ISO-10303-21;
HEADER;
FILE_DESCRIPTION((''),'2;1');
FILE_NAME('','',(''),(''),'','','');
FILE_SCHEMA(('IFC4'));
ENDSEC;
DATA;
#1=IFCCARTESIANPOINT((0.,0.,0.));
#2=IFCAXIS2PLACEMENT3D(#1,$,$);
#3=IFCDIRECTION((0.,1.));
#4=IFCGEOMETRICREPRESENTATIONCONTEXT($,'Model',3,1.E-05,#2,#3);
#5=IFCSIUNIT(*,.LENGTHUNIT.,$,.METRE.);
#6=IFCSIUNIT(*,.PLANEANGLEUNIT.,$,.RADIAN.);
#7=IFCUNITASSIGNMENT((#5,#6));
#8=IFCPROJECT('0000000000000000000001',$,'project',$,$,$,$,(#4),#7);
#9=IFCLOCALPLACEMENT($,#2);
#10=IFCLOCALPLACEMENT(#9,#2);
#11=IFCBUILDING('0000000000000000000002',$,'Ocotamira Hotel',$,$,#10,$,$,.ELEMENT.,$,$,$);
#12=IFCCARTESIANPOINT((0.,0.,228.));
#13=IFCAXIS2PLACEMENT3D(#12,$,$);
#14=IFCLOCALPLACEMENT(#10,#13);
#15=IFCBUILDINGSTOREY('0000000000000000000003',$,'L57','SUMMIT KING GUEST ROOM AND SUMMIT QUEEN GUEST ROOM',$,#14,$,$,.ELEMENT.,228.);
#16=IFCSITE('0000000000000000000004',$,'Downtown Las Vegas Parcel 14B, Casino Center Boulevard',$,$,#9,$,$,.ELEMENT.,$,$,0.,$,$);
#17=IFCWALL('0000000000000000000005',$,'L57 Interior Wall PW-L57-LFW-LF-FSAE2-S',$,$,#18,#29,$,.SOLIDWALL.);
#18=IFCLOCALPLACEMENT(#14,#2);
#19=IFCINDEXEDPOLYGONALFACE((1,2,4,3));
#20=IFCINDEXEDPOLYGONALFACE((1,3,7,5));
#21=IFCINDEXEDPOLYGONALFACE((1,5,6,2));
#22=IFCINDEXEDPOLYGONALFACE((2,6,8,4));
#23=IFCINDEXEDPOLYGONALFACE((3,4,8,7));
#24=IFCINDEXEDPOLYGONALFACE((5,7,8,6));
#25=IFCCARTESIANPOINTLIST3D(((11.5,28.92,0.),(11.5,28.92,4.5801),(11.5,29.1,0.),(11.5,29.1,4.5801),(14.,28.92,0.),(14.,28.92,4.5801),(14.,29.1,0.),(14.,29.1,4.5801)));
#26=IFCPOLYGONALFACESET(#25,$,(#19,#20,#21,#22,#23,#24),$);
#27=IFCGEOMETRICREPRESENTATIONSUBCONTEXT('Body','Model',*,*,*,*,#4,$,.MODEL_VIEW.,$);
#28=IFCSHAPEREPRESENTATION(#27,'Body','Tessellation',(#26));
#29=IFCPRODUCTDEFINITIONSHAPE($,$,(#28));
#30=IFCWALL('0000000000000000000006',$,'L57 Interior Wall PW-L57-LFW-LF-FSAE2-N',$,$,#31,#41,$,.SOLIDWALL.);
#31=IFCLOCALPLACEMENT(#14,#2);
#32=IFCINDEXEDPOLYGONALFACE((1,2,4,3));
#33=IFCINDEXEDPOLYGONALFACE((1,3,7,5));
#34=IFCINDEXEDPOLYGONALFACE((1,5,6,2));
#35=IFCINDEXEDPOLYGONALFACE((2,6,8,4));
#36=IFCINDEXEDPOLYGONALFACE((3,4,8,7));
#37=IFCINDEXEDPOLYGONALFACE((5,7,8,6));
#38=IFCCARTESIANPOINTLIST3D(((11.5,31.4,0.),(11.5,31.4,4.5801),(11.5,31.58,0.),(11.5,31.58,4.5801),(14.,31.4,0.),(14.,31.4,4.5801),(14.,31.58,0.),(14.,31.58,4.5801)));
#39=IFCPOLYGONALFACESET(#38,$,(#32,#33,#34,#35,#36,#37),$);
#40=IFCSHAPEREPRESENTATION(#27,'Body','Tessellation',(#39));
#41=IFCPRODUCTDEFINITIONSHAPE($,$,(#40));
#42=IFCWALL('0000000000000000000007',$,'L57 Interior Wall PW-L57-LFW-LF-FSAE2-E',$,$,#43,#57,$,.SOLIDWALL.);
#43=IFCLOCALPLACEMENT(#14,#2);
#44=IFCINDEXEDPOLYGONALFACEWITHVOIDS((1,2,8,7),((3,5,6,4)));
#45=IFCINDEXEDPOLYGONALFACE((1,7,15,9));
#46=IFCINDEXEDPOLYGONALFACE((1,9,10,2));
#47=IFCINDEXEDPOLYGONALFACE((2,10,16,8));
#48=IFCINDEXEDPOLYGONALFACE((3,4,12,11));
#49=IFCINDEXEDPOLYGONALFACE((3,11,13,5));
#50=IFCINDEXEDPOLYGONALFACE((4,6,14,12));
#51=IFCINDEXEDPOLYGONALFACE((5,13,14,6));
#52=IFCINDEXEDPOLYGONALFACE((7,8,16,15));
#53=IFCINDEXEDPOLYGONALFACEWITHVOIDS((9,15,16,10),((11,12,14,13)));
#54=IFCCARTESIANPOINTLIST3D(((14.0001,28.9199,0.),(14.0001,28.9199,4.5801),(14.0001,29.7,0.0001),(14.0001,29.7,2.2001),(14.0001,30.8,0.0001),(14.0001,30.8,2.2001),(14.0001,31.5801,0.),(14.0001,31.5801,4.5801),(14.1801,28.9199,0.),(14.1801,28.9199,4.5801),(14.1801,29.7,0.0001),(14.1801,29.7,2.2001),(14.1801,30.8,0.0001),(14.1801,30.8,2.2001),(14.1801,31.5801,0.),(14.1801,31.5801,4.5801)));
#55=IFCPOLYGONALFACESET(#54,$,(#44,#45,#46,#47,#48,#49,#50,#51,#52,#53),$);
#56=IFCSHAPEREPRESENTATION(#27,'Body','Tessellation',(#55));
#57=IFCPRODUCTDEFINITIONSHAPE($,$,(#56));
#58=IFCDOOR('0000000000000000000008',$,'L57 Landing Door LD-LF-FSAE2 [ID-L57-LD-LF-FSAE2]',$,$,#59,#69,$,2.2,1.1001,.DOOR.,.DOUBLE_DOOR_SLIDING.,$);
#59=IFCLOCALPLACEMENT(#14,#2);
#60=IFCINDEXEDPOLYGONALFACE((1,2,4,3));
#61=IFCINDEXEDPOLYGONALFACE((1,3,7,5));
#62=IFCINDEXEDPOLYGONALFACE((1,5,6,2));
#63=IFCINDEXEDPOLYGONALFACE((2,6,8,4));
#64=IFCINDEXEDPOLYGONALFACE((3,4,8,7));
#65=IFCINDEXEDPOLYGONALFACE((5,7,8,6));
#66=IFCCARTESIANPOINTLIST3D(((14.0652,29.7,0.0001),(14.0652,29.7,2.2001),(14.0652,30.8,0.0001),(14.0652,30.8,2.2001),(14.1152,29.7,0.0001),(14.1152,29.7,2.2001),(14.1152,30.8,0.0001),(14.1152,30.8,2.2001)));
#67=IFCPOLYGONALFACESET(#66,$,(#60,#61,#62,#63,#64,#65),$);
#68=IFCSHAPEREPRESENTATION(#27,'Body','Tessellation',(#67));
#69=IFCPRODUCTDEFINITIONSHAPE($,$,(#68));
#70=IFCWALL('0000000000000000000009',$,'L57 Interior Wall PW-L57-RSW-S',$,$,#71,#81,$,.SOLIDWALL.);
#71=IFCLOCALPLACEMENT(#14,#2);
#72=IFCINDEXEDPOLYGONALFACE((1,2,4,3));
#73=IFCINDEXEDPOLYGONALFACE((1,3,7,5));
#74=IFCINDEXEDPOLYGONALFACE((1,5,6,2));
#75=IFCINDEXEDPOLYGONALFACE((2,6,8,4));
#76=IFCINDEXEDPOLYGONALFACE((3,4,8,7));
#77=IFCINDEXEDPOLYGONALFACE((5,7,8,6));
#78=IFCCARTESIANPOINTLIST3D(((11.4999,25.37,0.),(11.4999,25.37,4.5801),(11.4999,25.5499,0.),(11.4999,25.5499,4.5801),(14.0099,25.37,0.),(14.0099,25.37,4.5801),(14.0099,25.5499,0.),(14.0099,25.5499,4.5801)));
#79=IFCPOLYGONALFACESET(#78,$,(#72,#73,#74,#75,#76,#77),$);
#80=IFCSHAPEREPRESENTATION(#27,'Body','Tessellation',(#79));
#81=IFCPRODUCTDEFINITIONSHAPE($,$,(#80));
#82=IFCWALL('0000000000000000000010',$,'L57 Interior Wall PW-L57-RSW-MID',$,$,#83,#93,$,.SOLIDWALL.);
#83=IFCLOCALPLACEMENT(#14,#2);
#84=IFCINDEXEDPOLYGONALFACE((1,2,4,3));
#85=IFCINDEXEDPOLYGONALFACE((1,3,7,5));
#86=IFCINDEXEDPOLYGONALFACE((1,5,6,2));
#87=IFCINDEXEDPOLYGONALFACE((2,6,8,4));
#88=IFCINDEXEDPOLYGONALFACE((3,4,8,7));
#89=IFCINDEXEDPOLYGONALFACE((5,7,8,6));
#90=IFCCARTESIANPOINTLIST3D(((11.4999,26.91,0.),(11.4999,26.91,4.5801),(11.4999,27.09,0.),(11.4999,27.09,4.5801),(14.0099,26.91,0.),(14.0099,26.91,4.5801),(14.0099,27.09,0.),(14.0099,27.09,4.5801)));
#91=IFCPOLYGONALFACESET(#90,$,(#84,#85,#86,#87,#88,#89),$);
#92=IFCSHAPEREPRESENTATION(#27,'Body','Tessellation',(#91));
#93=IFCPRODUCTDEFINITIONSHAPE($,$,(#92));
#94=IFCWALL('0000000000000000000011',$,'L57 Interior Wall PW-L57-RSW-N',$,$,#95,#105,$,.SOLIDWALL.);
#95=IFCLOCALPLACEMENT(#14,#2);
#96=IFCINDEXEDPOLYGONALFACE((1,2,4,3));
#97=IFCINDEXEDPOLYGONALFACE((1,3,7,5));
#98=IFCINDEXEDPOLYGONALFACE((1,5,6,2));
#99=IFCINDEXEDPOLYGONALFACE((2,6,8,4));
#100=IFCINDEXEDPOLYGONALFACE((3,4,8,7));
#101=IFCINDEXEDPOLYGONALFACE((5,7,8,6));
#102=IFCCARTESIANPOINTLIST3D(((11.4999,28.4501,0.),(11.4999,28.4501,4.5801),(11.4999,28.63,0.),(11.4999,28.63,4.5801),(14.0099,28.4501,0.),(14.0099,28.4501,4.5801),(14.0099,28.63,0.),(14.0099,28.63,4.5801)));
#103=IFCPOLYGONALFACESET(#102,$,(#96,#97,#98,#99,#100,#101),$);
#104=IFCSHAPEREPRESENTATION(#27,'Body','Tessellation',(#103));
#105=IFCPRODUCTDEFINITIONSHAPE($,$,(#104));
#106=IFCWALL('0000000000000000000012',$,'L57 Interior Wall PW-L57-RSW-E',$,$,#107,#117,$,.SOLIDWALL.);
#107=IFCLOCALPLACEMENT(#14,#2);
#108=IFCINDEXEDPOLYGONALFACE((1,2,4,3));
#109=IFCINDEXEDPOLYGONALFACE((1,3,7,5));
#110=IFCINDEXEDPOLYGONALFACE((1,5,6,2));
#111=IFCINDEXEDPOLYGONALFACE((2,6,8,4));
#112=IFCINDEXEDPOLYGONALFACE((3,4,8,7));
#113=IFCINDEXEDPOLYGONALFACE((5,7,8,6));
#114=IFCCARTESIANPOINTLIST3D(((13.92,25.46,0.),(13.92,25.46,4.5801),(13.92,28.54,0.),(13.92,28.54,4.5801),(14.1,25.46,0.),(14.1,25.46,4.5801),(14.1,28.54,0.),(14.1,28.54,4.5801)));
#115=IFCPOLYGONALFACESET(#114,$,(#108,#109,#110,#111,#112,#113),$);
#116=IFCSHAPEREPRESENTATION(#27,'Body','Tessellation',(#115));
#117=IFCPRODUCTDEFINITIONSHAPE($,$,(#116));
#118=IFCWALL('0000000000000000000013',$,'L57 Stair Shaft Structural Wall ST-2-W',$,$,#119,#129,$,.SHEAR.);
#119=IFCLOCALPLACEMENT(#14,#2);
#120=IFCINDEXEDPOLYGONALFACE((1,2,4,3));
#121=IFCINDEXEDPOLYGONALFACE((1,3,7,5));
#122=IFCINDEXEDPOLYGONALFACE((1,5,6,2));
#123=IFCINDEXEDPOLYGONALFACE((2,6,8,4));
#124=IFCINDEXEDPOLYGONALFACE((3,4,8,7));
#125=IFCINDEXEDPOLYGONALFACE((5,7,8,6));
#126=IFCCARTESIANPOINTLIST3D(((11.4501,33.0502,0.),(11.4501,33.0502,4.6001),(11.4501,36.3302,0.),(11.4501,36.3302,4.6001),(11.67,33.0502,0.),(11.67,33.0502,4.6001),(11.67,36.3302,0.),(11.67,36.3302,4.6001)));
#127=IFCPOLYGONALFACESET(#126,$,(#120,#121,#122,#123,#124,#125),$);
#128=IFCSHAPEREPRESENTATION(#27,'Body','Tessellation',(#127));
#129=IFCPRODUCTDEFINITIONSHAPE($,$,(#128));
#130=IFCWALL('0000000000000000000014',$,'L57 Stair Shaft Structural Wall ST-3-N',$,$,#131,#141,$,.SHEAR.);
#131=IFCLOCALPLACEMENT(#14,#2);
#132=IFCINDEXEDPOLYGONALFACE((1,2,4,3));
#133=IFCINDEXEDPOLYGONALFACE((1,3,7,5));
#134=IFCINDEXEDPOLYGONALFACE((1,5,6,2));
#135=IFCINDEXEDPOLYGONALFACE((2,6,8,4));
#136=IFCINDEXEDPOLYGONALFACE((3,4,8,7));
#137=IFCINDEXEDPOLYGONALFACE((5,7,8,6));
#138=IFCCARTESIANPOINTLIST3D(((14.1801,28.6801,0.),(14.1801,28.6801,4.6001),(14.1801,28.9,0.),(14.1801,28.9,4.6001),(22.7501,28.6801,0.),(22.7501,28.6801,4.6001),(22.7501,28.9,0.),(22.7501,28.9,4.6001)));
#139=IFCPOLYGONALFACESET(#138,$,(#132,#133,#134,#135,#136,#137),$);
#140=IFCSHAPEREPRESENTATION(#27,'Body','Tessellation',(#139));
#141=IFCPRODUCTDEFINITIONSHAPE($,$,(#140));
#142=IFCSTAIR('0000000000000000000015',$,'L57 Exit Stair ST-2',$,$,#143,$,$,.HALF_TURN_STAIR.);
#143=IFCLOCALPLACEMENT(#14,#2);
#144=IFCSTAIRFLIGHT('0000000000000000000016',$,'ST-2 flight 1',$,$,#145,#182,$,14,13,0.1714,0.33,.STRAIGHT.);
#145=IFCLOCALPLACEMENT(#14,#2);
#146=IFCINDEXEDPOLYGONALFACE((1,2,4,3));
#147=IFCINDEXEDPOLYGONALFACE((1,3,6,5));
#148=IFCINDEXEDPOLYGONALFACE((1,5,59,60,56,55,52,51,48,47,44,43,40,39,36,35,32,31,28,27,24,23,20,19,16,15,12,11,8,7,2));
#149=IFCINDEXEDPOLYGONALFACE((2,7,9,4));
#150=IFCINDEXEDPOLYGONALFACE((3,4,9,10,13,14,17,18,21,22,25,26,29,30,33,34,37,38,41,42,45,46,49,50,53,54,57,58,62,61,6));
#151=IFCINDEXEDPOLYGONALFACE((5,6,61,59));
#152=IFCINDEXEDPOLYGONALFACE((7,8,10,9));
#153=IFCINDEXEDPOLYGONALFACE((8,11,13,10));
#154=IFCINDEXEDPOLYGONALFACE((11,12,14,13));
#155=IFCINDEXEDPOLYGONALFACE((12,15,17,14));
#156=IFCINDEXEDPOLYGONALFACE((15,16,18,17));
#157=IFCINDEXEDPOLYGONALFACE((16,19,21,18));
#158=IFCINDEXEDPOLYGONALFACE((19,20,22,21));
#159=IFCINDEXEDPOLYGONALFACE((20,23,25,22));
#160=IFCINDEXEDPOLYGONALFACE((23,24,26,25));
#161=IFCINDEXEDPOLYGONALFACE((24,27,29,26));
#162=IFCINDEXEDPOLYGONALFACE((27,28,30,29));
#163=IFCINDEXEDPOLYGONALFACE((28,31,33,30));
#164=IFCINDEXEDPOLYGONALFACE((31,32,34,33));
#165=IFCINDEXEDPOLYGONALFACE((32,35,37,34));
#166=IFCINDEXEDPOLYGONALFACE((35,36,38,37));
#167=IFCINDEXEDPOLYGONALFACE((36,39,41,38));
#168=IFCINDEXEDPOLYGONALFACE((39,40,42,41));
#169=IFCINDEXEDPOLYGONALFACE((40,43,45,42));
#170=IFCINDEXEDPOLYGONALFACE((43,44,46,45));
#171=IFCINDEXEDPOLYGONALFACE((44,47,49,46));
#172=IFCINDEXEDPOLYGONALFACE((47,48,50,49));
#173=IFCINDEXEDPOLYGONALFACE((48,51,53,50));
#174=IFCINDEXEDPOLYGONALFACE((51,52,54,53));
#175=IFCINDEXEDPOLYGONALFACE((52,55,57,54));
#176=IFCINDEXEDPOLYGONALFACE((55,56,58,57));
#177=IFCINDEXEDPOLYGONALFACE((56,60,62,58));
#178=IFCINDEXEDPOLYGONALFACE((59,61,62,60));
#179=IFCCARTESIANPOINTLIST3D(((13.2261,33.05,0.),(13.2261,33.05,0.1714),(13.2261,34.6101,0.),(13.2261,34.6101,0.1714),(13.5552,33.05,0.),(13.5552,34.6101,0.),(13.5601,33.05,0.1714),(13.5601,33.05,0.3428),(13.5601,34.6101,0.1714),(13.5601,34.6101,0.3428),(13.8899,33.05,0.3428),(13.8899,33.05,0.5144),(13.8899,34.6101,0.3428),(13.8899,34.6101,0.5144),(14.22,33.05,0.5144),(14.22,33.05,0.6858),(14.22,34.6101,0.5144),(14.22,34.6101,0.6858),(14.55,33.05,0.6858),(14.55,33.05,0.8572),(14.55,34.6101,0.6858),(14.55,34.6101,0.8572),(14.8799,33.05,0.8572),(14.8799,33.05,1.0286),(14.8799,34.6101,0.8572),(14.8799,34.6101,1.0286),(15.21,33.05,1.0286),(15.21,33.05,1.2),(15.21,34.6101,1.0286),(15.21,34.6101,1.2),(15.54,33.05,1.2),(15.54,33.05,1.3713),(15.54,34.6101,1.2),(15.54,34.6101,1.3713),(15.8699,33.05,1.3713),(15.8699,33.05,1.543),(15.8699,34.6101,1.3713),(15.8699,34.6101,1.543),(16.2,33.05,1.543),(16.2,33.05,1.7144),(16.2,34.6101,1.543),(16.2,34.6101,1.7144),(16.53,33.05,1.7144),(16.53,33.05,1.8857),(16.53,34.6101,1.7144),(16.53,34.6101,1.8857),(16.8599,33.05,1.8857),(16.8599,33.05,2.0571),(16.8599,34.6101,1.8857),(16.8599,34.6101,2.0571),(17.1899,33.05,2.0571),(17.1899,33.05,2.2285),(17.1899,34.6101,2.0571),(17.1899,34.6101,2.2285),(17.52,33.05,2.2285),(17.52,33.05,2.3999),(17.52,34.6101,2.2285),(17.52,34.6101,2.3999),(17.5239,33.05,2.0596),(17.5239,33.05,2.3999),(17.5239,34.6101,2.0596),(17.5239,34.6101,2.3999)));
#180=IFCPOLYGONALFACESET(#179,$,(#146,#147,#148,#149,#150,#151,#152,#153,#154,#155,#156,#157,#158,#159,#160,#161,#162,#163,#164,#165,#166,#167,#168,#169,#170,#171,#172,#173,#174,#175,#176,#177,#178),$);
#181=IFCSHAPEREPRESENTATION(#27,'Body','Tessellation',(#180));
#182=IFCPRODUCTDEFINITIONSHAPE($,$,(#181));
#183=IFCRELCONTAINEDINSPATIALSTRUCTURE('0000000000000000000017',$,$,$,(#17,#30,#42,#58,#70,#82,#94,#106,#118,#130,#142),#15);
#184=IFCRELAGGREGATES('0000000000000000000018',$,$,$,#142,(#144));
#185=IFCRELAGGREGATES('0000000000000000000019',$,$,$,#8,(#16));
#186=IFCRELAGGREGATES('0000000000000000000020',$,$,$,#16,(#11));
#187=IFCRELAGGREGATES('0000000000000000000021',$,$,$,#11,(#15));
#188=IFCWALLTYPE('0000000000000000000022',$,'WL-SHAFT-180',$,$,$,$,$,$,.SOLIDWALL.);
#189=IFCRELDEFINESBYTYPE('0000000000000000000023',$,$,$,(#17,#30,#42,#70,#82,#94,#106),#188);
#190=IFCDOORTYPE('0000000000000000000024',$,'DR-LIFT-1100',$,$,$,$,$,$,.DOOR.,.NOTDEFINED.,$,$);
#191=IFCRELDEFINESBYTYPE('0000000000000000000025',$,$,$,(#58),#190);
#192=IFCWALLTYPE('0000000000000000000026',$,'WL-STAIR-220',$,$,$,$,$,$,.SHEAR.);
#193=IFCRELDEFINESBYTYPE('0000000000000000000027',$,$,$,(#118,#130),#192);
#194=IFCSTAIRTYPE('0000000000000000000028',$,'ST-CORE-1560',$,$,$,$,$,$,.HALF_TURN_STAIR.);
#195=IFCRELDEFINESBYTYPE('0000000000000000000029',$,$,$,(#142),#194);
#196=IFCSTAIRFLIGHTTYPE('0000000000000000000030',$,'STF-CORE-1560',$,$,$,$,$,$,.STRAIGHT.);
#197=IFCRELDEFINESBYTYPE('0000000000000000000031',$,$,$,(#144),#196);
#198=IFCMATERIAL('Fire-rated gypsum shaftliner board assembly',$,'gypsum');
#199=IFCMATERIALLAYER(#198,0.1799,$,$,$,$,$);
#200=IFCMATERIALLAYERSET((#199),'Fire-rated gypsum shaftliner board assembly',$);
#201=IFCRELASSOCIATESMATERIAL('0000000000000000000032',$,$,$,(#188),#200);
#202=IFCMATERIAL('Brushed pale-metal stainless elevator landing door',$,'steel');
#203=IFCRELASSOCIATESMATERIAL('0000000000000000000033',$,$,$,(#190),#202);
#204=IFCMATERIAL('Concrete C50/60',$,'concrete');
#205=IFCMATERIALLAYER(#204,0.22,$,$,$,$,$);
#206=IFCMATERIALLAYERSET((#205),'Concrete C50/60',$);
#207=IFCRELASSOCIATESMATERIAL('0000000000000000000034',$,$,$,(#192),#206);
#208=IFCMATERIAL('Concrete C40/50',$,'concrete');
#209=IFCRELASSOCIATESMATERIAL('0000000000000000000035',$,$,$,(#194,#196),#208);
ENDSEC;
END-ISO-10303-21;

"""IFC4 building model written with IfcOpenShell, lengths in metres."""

from ifc_helpers import new_model, si_unit, direction, frame, frame_2d, origin, place, context, subcontext, project, spatial, polyline, rectangle, outline, extrude, source, transform, mapped, material, layer, layer_set, type_object, element, fill, aggregate, save


model = new_model("IFC4")

# Units and contexts
model_context = context("Model", 3, precision=1e-05, world=origin(), true_north=direction((0.0, 1.0)))
body_context = subcontext(model_context, "Body", "Model", "MODEL_VIEW")
ifc_project = project(units=[si_unit("LENGTHUNIT", "METRE"), si_unit("PLANEANGLEUNIT", "RADIAN")], contexts=[model_context])

# Site, building, storey
site_placement = place(None, origin())
site = spatial("IfcSite", under=ifc_project, at=site_placement, Name="Downtown Las Vegas Parcel 14B, Casino Center Boulevard", CompositionType="ELEMENT", RefElevation=0.0)
building_placement = place(site_placement, origin())
building = spatial("IfcBuilding", under=site, at=building_placement, Name="Ocotamira Hotel", CompositionType="ELEMENT")
storey_placement = place(building_placement, frame((0.0, 0.0, 228.0)))
storey = spatial("IfcBuildingStorey", under=building, at=storey_placement, Name="L57", Description="SUMMIT KING GUEST ROOM AND SUMMIT QUEEN GUEST ROOM", CompositionType="ELEMENT", Elevation=228.0)

# Walls
ifc_material_1 = material(Name="Fire-rated gypsum shaftliner board assembly", Category="gypsum")
ifc_layer_1 = layer(ifc_material_1, 0.1799)
ifc_layer_set_1 = layer_set([ifc_layer_1], Name="Fire-rated gypsum shaftliner board assembly")
wall_type_1 = type_object("IfcWallType", Name="WL-SHAFT-180", PredefinedType="SOLIDWALL", material=ifc_layer_set_1)
for number, where, z_axis, x_axis, name in (
    (1, (11.5, 29.01, 0.0), (0.0, 0.0, 1.0), (1.0, 0.0, 0.0), "L57 Interior Wall PW-L57-LFW-LF-FSAE2-S"),
    (2, (11.5, 31.49, 0.0), (0.0, 0.0, 1.0), (1.0, 0.0, 0.0), "L57 Interior Wall PW-L57-LFW-LF-FSAE2-N"),
):
    element("IfcWall", number, at=place(storey_placement, frame(where, z_axis=z_axis, x_axis=x_axis)), inside=storey, type_object=wall_type_1, Name=name, PredefinedType="SOLIDWALL", context=body_context, shape_type="SweptSolid", body=[
        extrude(rectangle(XDim=2.5, YDim=0.1799, at=frame_2d((1.25, 0.0))), origin(), (0.0, 0.0, 1.0), 4.5801),
    ])

# Wall, opening, door
wall_1_placement = place(storey_placement, frame((14.0901, 28.9199, 0.0), z_axis=(0.0, 0.0, 1.0), x_axis=(0.0, 1.0, 0.0)))
wall_1 = element("IfcWall", 3, at=wall_1_placement, inside=storey, type_object=wall_type_1, Name="L57 Interior Wall PW-L57-LFW-LF-FSAE2-E", PredefinedType="SOLIDWALL", context=body_context, shape_type="SweptSolid", body=[
    extrude(rectangle(XDim=2.6602, YDim=0.1799, at=frame_2d((1.3301, 0.0))), origin(), (0.0, 0.0, 1.0), 4.5801),
])
opening_placement = place(wall_1_placement, frame((0.78, 0.0, 0.0)))
opening = element("IfcOpeningElement", 4, at=opening_placement, cuts=wall_1, PredefinedType="OPENING", context=body_context, shape_type="SweptSolid", body=[
    extrude(rectangle(XDim=1.1001, YDim=2.2, at=frame_2d((0.55, 1.1001))), frame((0.0, 0.1001, 0.0), z_axis=(0.0, -1.0, 0.0), x_axis=(1.0, 0.0, 0.0)), (0.0, 0.0, 1.0), 0.2),
])
ifc_material_2 = material(Name="Brushed pale-metal stainless elevator landing door", Category="steel")
door_type = type_object("IfcDoorType", Name="DR-LIFT-1100", OperationType="NOTDEFINED", PredefinedType="DOOR", material=ifc_material_2)
shared_shape_1 = source(origin(), body_context, "Body", "SweptSolid", [
    extrude(rectangle(XDim=1.1001, YDim=2.2, at=frame_2d((0.55, 1.1001))), frame((0.0, 0.0249, 0.0), z_axis=(0.0, -1.0, 0.0), x_axis=(1.0, 0.0, 0.0)), (0.0, 0.0, 1.0), 0.05),
])
door_placement = place(opening_placement, origin())
door = element("IfcDoor", 5, at=door_placement, inside=storey, type_object=door_type, Name="L57 Landing Door LD-LF-FSAE2 [ID-L57-LD-LF-FSAE2]", OperationType="DOUBLE_DOOR_SLIDING", OverallHeight=2.2, OverallWidth=1.1001, PredefinedType="DOOR", context=body_context, shape_type="MappedRepresentation", body=[
    mapped(shared_shape_1, transform((0.0, 0.0, 0.0), scale=1.0)),
])
fill(opening, door)

# Walls
for number, where, z_axis, x_axis, name in (
    (6, (11.5, 25.46, 0.0), (0.0, 0.0, 1.0), (1.0, 0.0, 0.0), "L57 Interior Wall PW-L57-RSW-S"),
    (7, (11.5, 27.0, 0.0), (0.0, 0.0, 1.0), (1.0, 0.0, 0.0), "L57 Interior Wall PW-L57-RSW-MID"),
    (8, (11.5, 28.54, 0.0), (0.0, 0.0, 1.0), (1.0, 0.0, 0.0), "L57 Interior Wall PW-L57-RSW-N"),
):
    element("IfcWall", number, at=place(storey_placement, frame(where, z_axis=z_axis, x_axis=x_axis)), inside=storey, type_object=wall_type_1, Name=name, PredefinedType="SOLIDWALL", context=body_context, shape_type="SweptSolid", body=[
        extrude(rectangle(XDim=2.51, YDim=0.1799, at=frame_2d((1.2549, 0.0))), origin(), (0.0, 0.0, 1.0), 4.5801),
    ])
wall_2_placement = place(storey_placement, frame((14.01, 25.46, 0.0), z_axis=(0.0, 0.0, 1.0), x_axis=(0.0, 1.0, 0.0)))
element("IfcWall", 9, at=wall_2_placement, inside=storey, type_object=wall_type_1, Name="L57 Interior Wall PW-L57-RSW-E", PredefinedType="SOLIDWALL", context=body_context, shape_type="SweptSolid", body=[
    extrude(rectangle(XDim=3.0801, YDim=0.1799, at=frame_2d((1.54, 0.0))), origin(), (0.0, 0.0, 1.0), 4.5801),
])
ifc_material_3 = material(Name="Concrete C50/60", Category="concrete")
ifc_layer_2 = layer(ifc_material_3, 0.22)
ifc_layer_set_2 = layer_set([ifc_layer_2], Name="Concrete C50/60")
wall_type_2 = type_object("IfcWallType", Name="WL-STAIR-220", PredefinedType="SHEAR", material=ifc_layer_set_2)
wall_3_placement = place(storey_placement, frame((11.5601, 33.05, 0.0), z_axis=(0.0, 0.0, 1.0), x_axis=(0.0, 1.0, 0.0)))
element("IfcWall", 10, at=wall_3_placement, inside=storey, type_object=wall_type_2, Name="L57 Stair Shaft Structural Wall ST-2-W", PredefinedType="SHEAR", context=body_context, shape_type="SweptSolid", body=[
    extrude(rectangle(XDim=3.28, YDim=0.22, at=frame_2d((1.6401, 0.0))), origin(), (0.0, 0.0, 1.0), 4.6001),
])
wall_4_placement = place(storey_placement, frame((14.1799, 28.79, 0.0), z_axis=(0.0, 0.0, 1.0), x_axis=(1.0, 0.0, 0.0)))
element("IfcWall", 11, at=wall_4_placement, inside=storey, type_object=wall_type_2, Name="L57 Stair Shaft Structural Wall ST-3-N", PredefinedType="SHEAR", context=body_context, shape_type="SweptSolid", body=[
    extrude(rectangle(XDim=8.5701, YDim=0.22, at=frame_2d((4.2852, 0.0))), origin(), (0.0, 0.0, 1.0), 4.6001),
])

# Stair, stair flight
ifc_material_4 = material(Name="Concrete C40/50", Category="concrete")
stair_type = type_object("IfcStairType", Name="ST-CORE-1560", PredefinedType="HALF_TURN_STAIR", material=ifc_material_4)
stair_1_placement = place(storey_placement, origin())
stair_1 = element("IfcStair", 12, at=stair_1_placement, inside=storey, type_object=stair_type, Name="L57 Exit Stair ST-2", PredefinedType="HALF_TURN_STAIR")
stair_flight_type = type_object("IfcStairFlightType", Name="STF-CORE-1560", PredefinedType="STRAIGHT", material=ifc_material_4)
shared_shape_2 = source(origin(), body_context, "Body", "SweptSolid", [
    extrude(outline(polyline([(-0.0039, 0.0), (-0.0039, 0.1714), (0.3301, 0.1714), (0.3301, 0.3428), (0.6599, 0.3428), (0.6599, 0.5144), (0.99, 0.5144), (0.99, 0.6858), (1.3201, 0.6858), (1.3201, 0.8572), (1.6499, 0.8572), (1.6499, 1.0286), (1.98, 1.0286), (1.98, 1.2), (2.3101, 1.2), (2.3101, 1.3713), (2.6399, 1.3713), (2.6399, 1.543), (2.97, 1.543), (2.97, 1.7144), (3.3, 1.7144), (3.3, 1.8857), (3.6299, 1.8857), (3.6299, 2.0571), (3.96, 2.0571), (3.96, 2.2285), (4.29, 2.2285), (4.29, 2.3999), (4.2939, 2.3999), (4.2939, 2.0596), (0.3252, 0.0), (-0.0039, 0.0)])), frame((0.0, 0.78, 0.0), z_axis=(0.0, -1.0, 0.0), x_axis=(1.0, 0.0, 0.0)), (0.0, 0.0, 1.0), 1.5601),
])
stair_flight_1_placement = place(storey_placement, frame((13.23, 33.8301, 0.0), z_axis=(0.0, 0.0, 1.0), x_axis=(1.0, 0.0, 0.0)))
stair_flight_1 = element("IfcStairFlight", 13, at=stair_flight_1_placement, type_object=stair_flight_type, Name="ST-2 flight 1", NumberOfRisers=14, NumberOfTreads=13, PredefinedType="STRAIGHT", RiserHeight=0.1714, TreadLength=0.33, context=body_context, shape_type="MappedRepresentation", body=[
    mapped(shared_shape_2, transform((0.0, 0.0, 0.0), scale=1.0)),
])
aggregate(stair_1, [stair_flight_1])

save(model, "model.ifc")
